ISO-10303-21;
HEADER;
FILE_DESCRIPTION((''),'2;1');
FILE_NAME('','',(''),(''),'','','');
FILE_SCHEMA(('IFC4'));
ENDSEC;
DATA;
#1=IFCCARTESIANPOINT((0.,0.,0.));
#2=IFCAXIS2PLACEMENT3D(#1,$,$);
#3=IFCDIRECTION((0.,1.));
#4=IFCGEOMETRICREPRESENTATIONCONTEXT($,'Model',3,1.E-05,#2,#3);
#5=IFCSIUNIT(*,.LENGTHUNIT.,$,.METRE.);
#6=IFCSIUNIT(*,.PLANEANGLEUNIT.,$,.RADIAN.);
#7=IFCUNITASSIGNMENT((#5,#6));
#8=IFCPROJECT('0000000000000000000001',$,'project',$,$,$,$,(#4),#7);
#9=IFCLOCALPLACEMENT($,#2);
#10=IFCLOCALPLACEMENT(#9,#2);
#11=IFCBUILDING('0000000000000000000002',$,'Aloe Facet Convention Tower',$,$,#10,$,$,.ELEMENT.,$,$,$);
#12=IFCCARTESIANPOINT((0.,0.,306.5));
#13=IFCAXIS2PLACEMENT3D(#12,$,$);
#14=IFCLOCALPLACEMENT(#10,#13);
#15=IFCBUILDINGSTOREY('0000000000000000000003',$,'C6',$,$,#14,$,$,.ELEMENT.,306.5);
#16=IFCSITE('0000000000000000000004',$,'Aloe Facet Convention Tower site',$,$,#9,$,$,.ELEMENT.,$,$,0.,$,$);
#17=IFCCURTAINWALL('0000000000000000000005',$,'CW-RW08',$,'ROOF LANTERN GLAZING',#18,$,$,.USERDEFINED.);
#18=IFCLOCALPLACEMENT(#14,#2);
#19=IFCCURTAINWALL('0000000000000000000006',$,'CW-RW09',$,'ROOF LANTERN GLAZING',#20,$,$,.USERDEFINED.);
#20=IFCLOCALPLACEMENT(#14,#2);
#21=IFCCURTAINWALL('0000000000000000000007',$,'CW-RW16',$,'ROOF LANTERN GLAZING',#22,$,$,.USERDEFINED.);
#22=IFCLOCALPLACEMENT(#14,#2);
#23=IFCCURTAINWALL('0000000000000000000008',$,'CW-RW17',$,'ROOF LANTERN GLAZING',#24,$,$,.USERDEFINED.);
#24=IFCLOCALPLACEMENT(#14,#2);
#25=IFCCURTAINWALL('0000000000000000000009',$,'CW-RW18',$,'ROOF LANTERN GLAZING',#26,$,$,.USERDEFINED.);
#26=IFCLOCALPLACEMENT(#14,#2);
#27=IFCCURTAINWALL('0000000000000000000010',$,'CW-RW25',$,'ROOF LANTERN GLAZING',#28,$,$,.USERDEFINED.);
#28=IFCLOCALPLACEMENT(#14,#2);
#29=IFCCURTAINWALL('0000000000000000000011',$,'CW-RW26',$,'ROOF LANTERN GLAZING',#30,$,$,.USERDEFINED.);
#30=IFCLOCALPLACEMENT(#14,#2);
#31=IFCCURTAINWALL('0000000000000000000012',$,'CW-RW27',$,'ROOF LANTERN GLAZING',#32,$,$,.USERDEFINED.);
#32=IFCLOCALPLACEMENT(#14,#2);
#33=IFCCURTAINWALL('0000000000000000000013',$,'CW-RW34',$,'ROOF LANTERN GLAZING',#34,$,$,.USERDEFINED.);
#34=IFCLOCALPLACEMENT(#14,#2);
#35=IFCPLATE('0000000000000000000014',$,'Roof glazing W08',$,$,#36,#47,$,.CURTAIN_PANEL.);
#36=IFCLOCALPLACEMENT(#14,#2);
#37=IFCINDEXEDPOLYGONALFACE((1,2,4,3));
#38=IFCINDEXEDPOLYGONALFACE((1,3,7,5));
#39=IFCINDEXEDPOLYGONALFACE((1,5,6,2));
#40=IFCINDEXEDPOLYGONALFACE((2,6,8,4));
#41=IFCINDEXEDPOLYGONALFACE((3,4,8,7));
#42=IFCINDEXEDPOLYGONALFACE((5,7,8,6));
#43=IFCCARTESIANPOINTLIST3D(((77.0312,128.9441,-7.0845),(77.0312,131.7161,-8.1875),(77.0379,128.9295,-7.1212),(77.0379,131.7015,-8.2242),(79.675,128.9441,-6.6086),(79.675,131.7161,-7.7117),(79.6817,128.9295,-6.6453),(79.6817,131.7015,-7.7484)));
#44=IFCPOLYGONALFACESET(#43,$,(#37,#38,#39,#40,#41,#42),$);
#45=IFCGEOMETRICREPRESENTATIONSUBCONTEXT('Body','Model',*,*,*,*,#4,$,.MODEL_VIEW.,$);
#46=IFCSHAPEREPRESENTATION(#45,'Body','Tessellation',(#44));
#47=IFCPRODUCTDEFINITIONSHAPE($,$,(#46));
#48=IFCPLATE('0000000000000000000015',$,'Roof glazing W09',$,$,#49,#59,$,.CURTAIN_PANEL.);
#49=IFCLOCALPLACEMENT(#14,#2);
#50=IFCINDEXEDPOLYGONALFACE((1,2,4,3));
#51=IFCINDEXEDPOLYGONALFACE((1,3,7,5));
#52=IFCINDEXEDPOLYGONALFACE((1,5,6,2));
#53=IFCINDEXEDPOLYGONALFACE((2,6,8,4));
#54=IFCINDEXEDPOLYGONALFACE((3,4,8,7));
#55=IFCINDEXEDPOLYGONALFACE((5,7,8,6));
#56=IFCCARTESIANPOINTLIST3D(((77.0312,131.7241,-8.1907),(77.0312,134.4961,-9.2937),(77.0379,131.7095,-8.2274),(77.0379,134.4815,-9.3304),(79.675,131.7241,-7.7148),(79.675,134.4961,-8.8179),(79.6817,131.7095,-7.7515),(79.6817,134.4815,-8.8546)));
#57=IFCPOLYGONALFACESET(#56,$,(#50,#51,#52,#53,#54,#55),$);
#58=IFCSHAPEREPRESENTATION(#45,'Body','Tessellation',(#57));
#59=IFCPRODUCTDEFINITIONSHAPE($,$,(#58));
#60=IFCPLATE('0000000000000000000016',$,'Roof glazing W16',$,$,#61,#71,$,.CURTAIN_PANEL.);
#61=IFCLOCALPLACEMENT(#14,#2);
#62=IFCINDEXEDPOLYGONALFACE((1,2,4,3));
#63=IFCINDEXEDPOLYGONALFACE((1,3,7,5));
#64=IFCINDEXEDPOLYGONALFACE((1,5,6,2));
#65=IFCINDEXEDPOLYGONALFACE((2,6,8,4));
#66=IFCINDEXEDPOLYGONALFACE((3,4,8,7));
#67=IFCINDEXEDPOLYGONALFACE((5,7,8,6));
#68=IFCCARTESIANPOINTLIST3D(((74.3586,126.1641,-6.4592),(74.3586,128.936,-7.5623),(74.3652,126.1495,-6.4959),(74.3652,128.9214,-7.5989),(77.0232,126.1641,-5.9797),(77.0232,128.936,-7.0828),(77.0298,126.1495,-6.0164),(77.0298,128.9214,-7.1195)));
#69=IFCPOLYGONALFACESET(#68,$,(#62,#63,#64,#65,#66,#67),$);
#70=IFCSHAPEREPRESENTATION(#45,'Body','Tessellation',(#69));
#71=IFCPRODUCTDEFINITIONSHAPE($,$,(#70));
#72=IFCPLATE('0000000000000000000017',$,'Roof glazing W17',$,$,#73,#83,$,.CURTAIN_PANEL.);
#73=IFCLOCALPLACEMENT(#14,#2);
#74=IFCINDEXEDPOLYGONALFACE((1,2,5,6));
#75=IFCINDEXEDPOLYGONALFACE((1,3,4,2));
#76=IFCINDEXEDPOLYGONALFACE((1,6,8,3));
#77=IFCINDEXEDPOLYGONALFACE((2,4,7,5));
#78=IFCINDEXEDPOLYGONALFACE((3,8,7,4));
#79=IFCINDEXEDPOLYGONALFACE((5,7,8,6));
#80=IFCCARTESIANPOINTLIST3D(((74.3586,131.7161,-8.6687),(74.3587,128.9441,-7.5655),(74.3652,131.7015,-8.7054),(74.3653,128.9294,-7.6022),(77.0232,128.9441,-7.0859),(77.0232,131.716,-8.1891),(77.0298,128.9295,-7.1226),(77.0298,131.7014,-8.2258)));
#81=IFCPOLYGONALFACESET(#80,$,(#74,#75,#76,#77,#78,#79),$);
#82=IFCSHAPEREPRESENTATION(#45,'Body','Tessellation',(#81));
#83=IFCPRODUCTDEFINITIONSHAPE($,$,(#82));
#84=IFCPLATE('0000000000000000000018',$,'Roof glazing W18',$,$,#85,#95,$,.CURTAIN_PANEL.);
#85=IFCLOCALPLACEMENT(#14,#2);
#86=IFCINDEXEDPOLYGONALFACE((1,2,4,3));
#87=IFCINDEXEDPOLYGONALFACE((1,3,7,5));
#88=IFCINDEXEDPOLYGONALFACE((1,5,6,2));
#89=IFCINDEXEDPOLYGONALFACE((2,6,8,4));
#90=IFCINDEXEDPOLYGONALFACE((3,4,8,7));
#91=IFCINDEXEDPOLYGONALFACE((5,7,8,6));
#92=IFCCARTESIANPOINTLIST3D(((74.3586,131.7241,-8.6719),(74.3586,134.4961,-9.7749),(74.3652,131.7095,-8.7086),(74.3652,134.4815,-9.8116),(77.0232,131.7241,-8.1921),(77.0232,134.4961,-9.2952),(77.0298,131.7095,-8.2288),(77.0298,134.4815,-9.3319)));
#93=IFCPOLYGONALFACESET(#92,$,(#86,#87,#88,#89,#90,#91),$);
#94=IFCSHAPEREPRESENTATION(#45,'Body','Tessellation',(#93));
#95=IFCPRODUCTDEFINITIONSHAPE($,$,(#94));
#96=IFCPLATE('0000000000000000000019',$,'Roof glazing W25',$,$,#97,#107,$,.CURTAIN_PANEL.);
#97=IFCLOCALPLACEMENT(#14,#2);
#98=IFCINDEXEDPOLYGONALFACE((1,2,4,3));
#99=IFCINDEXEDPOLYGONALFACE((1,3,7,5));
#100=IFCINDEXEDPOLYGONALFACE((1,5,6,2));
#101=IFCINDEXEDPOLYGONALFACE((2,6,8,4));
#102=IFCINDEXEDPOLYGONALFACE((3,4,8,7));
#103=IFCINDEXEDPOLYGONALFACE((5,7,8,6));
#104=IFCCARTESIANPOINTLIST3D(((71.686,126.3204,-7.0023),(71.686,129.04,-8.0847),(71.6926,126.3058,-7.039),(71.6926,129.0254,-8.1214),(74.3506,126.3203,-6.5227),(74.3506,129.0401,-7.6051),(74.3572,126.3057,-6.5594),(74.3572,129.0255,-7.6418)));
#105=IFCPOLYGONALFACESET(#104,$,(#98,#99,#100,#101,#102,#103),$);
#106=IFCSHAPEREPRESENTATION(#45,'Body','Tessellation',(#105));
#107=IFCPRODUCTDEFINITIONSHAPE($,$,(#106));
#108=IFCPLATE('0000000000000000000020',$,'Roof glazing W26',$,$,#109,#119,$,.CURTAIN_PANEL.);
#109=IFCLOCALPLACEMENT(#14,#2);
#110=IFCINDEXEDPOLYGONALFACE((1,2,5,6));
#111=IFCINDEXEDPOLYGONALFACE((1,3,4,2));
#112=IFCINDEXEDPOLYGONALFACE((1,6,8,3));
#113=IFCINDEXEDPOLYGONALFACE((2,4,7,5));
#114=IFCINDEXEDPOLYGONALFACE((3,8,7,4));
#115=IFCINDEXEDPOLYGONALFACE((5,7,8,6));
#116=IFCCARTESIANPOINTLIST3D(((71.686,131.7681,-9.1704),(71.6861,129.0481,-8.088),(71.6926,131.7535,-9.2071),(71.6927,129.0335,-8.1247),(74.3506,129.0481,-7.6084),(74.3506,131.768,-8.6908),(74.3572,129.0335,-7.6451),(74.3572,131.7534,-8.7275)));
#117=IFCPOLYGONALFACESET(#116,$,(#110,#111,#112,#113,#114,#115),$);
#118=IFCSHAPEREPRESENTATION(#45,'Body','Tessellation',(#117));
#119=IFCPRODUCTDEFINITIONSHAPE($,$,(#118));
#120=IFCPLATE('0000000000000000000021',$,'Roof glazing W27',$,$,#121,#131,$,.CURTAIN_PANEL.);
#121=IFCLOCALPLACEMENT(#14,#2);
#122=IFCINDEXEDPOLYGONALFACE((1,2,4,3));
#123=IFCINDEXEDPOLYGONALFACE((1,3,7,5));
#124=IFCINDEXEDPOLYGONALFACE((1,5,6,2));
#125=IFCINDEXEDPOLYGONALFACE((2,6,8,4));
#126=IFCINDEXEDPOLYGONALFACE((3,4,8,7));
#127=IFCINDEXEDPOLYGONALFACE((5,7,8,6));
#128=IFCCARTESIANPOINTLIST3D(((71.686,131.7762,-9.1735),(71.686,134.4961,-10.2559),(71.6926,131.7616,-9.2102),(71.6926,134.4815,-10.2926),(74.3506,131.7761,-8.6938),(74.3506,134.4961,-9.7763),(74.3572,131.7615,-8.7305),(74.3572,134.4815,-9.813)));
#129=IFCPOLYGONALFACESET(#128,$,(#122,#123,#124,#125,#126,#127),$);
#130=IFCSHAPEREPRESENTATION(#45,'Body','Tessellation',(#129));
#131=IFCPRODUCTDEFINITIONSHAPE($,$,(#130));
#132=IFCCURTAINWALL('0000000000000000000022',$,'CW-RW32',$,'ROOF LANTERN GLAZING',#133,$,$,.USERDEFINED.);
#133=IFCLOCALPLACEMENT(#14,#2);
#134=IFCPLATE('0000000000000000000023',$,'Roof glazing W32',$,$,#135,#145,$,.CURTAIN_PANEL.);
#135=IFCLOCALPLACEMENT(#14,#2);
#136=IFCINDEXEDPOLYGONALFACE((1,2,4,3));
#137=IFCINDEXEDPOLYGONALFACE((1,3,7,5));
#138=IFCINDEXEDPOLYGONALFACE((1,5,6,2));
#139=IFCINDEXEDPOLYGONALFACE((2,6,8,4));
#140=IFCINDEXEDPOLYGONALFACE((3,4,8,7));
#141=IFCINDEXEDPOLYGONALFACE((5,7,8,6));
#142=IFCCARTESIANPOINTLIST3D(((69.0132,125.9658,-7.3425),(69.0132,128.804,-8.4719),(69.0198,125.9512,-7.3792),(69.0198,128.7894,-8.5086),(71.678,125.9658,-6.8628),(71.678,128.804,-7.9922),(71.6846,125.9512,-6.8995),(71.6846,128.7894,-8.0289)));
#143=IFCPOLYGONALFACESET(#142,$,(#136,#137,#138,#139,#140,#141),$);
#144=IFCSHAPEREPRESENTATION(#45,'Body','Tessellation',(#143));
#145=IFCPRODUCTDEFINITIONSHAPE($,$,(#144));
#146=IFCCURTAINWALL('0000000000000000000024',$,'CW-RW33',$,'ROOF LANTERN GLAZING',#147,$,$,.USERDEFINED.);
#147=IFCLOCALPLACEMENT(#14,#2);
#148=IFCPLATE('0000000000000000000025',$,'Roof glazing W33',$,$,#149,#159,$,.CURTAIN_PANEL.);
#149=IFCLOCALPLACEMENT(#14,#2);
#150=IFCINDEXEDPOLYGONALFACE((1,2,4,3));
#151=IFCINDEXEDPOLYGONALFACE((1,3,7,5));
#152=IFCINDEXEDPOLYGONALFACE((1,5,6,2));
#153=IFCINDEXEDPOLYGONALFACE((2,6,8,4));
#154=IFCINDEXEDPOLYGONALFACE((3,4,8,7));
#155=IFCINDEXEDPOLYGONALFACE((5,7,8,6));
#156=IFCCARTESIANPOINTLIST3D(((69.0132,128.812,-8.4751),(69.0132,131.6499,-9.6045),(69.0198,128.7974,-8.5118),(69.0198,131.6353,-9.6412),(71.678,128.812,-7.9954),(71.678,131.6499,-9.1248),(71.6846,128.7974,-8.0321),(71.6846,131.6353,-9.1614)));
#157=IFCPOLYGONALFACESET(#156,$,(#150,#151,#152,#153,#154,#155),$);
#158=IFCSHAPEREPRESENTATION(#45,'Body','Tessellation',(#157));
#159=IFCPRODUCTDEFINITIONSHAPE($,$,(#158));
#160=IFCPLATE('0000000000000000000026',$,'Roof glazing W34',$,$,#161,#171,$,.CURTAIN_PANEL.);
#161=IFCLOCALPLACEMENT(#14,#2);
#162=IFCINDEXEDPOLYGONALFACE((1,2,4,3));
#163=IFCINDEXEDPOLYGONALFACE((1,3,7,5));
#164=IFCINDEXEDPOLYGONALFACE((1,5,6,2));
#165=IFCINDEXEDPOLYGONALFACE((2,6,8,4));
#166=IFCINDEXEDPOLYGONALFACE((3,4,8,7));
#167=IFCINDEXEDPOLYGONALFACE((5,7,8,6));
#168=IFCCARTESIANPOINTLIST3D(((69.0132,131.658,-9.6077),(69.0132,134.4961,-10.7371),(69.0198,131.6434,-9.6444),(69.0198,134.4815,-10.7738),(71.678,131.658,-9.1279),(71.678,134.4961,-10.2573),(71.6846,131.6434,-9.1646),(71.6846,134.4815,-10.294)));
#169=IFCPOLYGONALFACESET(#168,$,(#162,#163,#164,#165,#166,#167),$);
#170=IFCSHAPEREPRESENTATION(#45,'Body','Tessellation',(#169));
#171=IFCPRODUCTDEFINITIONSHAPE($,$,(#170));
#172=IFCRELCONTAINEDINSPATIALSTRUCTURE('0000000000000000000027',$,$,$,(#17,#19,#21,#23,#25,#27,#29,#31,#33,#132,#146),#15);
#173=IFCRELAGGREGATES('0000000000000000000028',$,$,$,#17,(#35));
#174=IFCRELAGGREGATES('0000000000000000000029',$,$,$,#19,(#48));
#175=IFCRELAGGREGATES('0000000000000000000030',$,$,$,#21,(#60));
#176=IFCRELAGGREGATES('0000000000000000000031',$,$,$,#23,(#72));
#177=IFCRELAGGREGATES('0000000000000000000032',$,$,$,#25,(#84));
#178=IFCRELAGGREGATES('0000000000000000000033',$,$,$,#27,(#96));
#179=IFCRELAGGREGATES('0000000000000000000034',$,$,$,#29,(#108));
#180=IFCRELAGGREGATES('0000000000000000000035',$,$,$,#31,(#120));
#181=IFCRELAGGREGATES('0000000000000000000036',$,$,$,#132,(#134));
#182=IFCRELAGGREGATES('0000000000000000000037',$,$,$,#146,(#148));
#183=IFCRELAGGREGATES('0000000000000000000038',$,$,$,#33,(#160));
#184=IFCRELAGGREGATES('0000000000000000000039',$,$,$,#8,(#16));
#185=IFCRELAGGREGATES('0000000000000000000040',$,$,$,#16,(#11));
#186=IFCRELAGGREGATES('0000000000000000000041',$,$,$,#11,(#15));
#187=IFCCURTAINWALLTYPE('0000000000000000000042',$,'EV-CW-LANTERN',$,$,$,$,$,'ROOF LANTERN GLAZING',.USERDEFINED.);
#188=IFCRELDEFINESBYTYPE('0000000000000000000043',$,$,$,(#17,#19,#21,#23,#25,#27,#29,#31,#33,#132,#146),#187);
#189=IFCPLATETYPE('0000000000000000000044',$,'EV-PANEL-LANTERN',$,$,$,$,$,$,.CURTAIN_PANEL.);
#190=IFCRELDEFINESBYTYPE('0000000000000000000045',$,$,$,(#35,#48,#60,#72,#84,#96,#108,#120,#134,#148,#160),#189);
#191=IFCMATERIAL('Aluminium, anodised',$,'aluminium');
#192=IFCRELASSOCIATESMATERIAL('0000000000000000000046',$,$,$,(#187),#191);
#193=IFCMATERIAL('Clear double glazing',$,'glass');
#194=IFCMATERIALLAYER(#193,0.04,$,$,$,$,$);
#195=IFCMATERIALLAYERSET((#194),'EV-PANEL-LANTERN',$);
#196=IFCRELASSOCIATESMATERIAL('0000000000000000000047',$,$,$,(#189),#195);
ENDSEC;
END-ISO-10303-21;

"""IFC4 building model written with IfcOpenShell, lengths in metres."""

from ifc_helpers import new_model, si_unit, direction, frame, origin, place, context, subcontext, project, spatial, polyline, outline, extrude, material, layer, layer_set, type_object, element, aggregate, save


model = new_model("IFC4")

# Units and contexts
model_context = context("Model", 3, precision=1e-05, world=origin(), true_north=direction((0.0, 1.0)))
body_context = subcontext(model_context, "Body", "Model", "MODEL_VIEW")
ifc_project = project(units=[si_unit("LENGTHUNIT", "METRE"), si_unit("PLANEANGLEUNIT", "RADIAN")], contexts=[model_context])

# Site, building, storey
site_placement = place(None, origin())
site = spatial("IfcSite", under=ifc_project, at=site_placement, Name="Aloe Facet Convention Tower site", CompositionType="ELEMENT", RefElevation=0.0)
building_placement = place(site_placement, origin())
building = spatial("IfcBuilding", under=site, at=building_placement, Name="Aloe Facet Convention Tower", CompositionType="ELEMENT")
storey_placement = place(building_placement, frame((0.0, 0.0, 306.5)))
storey = spatial("IfcBuildingStorey", under=building, at=storey_placement, Name="C6", CompositionType="ELEMENT", Elevation=306.5)

# Shared definitions
ifc_material_1 = material(Name="Aluminium, anodised", Category="aluminium")
curtain_wall_type = type_object("IfcCurtainWallType", Name="EV-CW-LANTERN", ElementType="ROOF LANTERN GLAZING", PredefinedType="USERDEFINED", material=ifc_material_1)

# Curtain walls
curtain_wall_1_placement = place(storey_placement, origin())
curtain_wall_1 = element("IfcCurtainWall", 1, at=curtain_wall_1_placement, inside=storey, type_object=curtain_wall_type, Name="CW-RW08", ObjectType="ROOF LANTERN GLAZING", PredefinedType="USERDEFINED")
curtain_wall_2_placement = place(storey_placement, origin())
curtain_wall_2 = element("IfcCurtainWall", 2, at=curtain_wall_2_placement, inside=storey, type_object=curtain_wall_type, Name="CW-RW09", ObjectType="ROOF LANTERN GLAZING", PredefinedType="USERDEFINED")

# Curtain walls
curtain_wall_3_placement = place(storey_placement, origin())
curtain_wall_3 = element("IfcCurtainWall", 3, at=curtain_wall_3_placement, inside=storey, type_object=curtain_wall_type, Name="CW-RW16", ObjectType="ROOF LANTERN GLAZING", PredefinedType="USERDEFINED")
curtain_wall_4_placement = place(storey_placement, origin())
curtain_wall_4 = element("IfcCurtainWall", 4, at=curtain_wall_4_placement, inside=storey, type_object=curtain_wall_type, Name="CW-RW17", ObjectType="ROOF LANTERN GLAZING", PredefinedType="USERDEFINED")
curtain_wall_5_placement = place(storey_placement, origin())
curtain_wall_5 = element("IfcCurtainWall", 5, at=curtain_wall_5_placement, inside=storey, type_object=curtain_wall_type, Name="CW-RW18", ObjectType="ROOF LANTERN GLAZING", PredefinedType="USERDEFINED")
curtain_wall_6_placement = place(storey_placement, origin())
curtain_wall_6 = element("IfcCurtainWall", 6, at=curtain_wall_6_placement, inside=storey, type_object=curtain_wall_type, Name="CW-RW25", ObjectType="ROOF LANTERN GLAZING", PredefinedType="USERDEFINED")
curtain_wall_7_placement = place(storey_placement, origin())
curtain_wall_7 = element("IfcCurtainWall", 7, at=curtain_wall_7_placement, inside=storey, type_object=curtain_wall_type, Name="CW-RW26", ObjectType="ROOF LANTERN GLAZING", PredefinedType="USERDEFINED")
curtain_wall_8_placement = place(storey_placement, origin())
curtain_wall_8 = element("IfcCurtainWall", 8, at=curtain_wall_8_placement, inside=storey, type_object=curtain_wall_type, Name="CW-RW27", ObjectType="ROOF LANTERN GLAZING", PredefinedType="USERDEFINED")
curtain_wall_9_placement = place(storey_placement, origin())
curtain_wall_9 = element("IfcCurtainWall", 9, at=curtain_wall_9_placement, inside=storey, type_object=curtain_wall_type, Name="CW-RW34", ObjectType="ROOF LANTERN GLAZING", PredefinedType="USERDEFINED")

# Plates
ifc_material_2 = material(Name="Clear double glazing", Category="glass")
ifc_layer = layer(ifc_material_2, 0.04)
ifc_layer_set = layer_set([ifc_layer], Name="EV-PANEL-LANTERN")
plate_type = type_object("IfcPlateType", Name="EV-PANEL-LANTERN", PredefinedType="CURTAIN_PANEL", material=ifc_layer_set)
plate_1_placement = place(storey_placement, frame((77.0312, 131.7161, -8.1875), z_axis=(-0.164936, 0.364662, 0.916416), x_axis=(0.984187, 0.0, 0.177134)))
plate_1 = element("IfcPlate", 10, at=plate_1_placement, type_object=plate_type, Name="Roof glazing W08", PredefinedType="CURTAIN_PANEL", context=body_context, shape_type="SweptSolid", body=[
    extrude(outline(polyline([(0.0, 0.0), (2.6863, 0.0), (2.8817, -2.977), (0.1954, -2.977), (0.0, 0.0)])), origin(), (0.0, 0.0, -1.0), 0.04),
])
aggregate(curtain_wall_1, [plate_1])
plate_2_placement = place(storey_placement, frame((77.0312, 134.4961, -9.2937), z_axis=(-0.164936, 0.364662, 0.916416), x_axis=(0.984187, 0.0, 0.177134)))
plate_2 = element("IfcPlate", 11, at=plate_2_placement, type_object=plate_type, Name="Roof glazing W09", PredefinedType="CURTAIN_PANEL", context=body_context, shape_type="SweptSolid", body=[
    extrude(outline(polyline([(0.0, 0.0), (2.6863, 0.0), (2.8817, -2.977), (0.1954, -2.977), (0.0, 0.0)])), origin(), (0.0, 0.0, -1.0), 0.04),
])
aggregate(curtain_wall_2, [plate_2])
plate_3_placement = place(storey_placement, frame((77.0232, 126.1641, -5.9797), z_axis=(-0.164912, 0.364663, 0.91642), x_axis=(-0.984191, 0.0, -0.177108)))
plate_3 = element("IfcPlate", 12, at=plate_3_placement, type_object=plate_type, Name="Roof glazing W16", PredefinedType="CURTAIN_PANEL", context=body_context, shape_type="SweptSolid", body=[
    extrude(outline(polyline([(0.0, 0.0), (2.7073, 0.0), (2.9027, -2.977), (0.1954, -2.977), (0.0, 0.0)])), origin(), (0.0, 0.0, -1.0), 0.04),
])
aggregate(curtain_wall_3, [plate_3])
plate_4_placement = place(storey_placement, frame((77.0232, 128.9441, -7.0859), z_axis=(-0.16495, 0.364695, 0.9164), x_axis=(-0.984185, -0.000015, -0.177145)))
plate_4 = element("IfcPlate", 13, at=plate_4_placement, type_object=plate_type, Name="Roof glazing W17", PredefinedType="CURTAIN_PANEL", context=body_context, shape_type="SweptSolid", body=[
    extrude(outline(polyline([(0.0, 0.0), (2.7073, 0.0), (2.9027, -2.9771), (0.1954, -2.977), (0.0, 0.0)])), origin(), (0.0, 0.0, -1.0), 0.04),
])
aggregate(curtain_wall_4, [plate_4])
plate_5_placement = place(storey_placement, frame((77.0232, 131.7241, -8.1921), z_axis=(-0.164994, 0.364658, 0.916407), x_axis=(-0.984176, 0.0, -0.177195)))
plate_5 = element("IfcPlate", 14, at=plate_5_placement, type_object=plate_type, Name="Roof glazing W18", PredefinedType="CURTAIN_PANEL", context=body_context, shape_type="SweptSolid", body=[
    extrude(outline(polyline([(0.0, 0.0), (2.7074, 0.0), (2.9028, -2.977), (0.1955, -2.977), (0.0, 0.0)])), origin(), (0.0, 0.0, -1.0), 0.04),
])
aggregate(curtain_wall_5, [plate_5])
plate_6_placement = place(storey_placement, frame((74.3506, 126.3203, -6.5227), z_axis=(-0.164949, 0.364707, 0.916395), x_axis=(-0.984183, 0.000015, -0.177157)))
plate_6 = element("IfcPlate", 15, at=plate_6_placement, type_object=plate_type, Name="Roof glazing W25", PredefinedType="CURTAIN_PANEL", context=body_context, shape_type="SweptSolid", body=[
    extrude(outline(polyline([(0.0, 0.0), (2.7074, 0.0), (2.8992, -2.9209), (0.1918, -2.921), (0.0, 0.0)])), origin(), (0.0, 0.0, -1.0), 0.04),
])
aggregate(curtain_wall_6, [plate_6])
plate_7_placement = place(storey_placement, frame((74.3506, 129.0481, -7.6084), z_axis=(-0.164951, 0.364679, 0.916406), x_axis=(-0.984185, -0.000015, -0.177145)))
plate_7 = element("IfcPlate", 16, at=plate_7_placement, type_object=plate_type, Name="Roof glazing W26", PredefinedType="CURTAIN_PANEL", context=body_context, shape_type="SweptSolid", body=[
    extrude(outline(polyline([(0.0, 0.0), (2.7073, 0.0), (2.8991, -2.9212), (0.1917, -2.9211), (0.0, 0.0)])), origin(), (0.0, 0.0, -1.0), 0.04),
])
aggregate(curtain_wall_7, [plate_7])
plate_8_placement = place(storey_placement, frame((74.3506, 131.7761, -8.6938), z_axis=(-0.164951, 0.364679, 0.916406), x_axis=(-0.984183, 0.000015, -0.177157)))
plate_8 = element("IfcPlate", 17, at=plate_8_placement, type_object=plate_type, Name="Roof glazing W27", PredefinedType="CURTAIN_PANEL", context=body_context, shape_type="SweptSolid", body=[
    extrude(outline(polyline([(0.0, 0.0), (2.7074, 0.0), (2.8992, -2.9211), (0.1918, -2.9212), (0.0, 0.0)])), origin(), (0.0, 0.0, -1.0), 0.04),
])
aggregate(curtain_wall_8, [plate_8])

# Curtain walls, plates
curtain_wall_10_placement = place(storey_placement, origin())
curtain_wall_10 = element("IfcCurtainWall", 18, at=curtain_wall_10_placement, inside=storey, type_object=curtain_wall_type, Name="CW-RW32", ObjectType="ROOF LANTERN GLAZING", PredefinedType="USERDEFINED")
plate_9_placement = place(storey_placement, frame((71.678, 125.9658, -6.8628), z_axis=(-0.164978, 0.36467, 0.916405), x_axis=(-0.984179, 0.0, -0.177179)))
plate_9 = element("IfcPlate", 19, at=plate_9_placement, type_object=plate_type, Name="Roof glazing W32", PredefinedType="CURTAIN_PANEL", context=body_context, shape_type="SweptSolid", body=[
    extrude(outline(polyline([(0.0, 0.0), (2.7076, 0.0), (2.9077, -3.048), (0.2001, -3.048), (0.0, 0.0)])), origin(), (0.0, 0.0, -1.0), 0.04),
])
aggregate(curtain_wall_10, [plate_9])
curtain_wall_11_placement = place(storey_placement, origin())
curtain_wall_11 = element("IfcCurtainWall", 20, at=curtain_wall_11_placement, inside=storey, type_object=curtain_wall_type, Name="CW-RW33", ObjectType="ROOF LANTERN GLAZING", PredefinedType="USERDEFINED")
plate_10_placement = place(storey_placement, frame((71.678, 128.812, -7.9954), z_axis=(-0.164976, 0.364697, 0.916394), x_axis=(-0.984179, 0.0, -0.177179)))
plate_10 = element("IfcPlate", 21, at=plate_10_placement, type_object=plate_type, Name="Roof glazing W33", PredefinedType="CURTAIN_PANEL", context=body_context, shape_type="SweptSolid", body=[
    extrude(outline(polyline([(0.0, 0.0), (2.7076, 0.0), (2.9077, -3.0478), (0.2001, -3.0478), (0.0, 0.0)])), origin(), (0.0, 0.0, -1.0), 0.04),
])
aggregate(curtain_wall_11, [plate_10])

# Plate
plate_11_placement = place(storey_placement, frame((71.678, 131.658, -9.1279), z_axis=(-0.164978, 0.36467, 0.916405), x_axis=(-0.984179, 0.0, -0.177179)))
plate_11 = element("IfcPlate", 22, at=plate_11_placement, type_object=plate_type, Name="Roof glazing W34", PredefinedType="CURTAIN_PANEL", context=body_context, shape_type="SweptSolid", body=[
    extrude(outline(polyline([(0.0, 0.0), (2.7076, 0.0), (2.9077, -3.048), (0.2001, -3.048), (0.0, 0.0)])), origin(), (0.0, 0.0, -1.0), 0.04),
])
aggregate(curtain_wall_9, [plate_11])

save(model, "model.ifc")
